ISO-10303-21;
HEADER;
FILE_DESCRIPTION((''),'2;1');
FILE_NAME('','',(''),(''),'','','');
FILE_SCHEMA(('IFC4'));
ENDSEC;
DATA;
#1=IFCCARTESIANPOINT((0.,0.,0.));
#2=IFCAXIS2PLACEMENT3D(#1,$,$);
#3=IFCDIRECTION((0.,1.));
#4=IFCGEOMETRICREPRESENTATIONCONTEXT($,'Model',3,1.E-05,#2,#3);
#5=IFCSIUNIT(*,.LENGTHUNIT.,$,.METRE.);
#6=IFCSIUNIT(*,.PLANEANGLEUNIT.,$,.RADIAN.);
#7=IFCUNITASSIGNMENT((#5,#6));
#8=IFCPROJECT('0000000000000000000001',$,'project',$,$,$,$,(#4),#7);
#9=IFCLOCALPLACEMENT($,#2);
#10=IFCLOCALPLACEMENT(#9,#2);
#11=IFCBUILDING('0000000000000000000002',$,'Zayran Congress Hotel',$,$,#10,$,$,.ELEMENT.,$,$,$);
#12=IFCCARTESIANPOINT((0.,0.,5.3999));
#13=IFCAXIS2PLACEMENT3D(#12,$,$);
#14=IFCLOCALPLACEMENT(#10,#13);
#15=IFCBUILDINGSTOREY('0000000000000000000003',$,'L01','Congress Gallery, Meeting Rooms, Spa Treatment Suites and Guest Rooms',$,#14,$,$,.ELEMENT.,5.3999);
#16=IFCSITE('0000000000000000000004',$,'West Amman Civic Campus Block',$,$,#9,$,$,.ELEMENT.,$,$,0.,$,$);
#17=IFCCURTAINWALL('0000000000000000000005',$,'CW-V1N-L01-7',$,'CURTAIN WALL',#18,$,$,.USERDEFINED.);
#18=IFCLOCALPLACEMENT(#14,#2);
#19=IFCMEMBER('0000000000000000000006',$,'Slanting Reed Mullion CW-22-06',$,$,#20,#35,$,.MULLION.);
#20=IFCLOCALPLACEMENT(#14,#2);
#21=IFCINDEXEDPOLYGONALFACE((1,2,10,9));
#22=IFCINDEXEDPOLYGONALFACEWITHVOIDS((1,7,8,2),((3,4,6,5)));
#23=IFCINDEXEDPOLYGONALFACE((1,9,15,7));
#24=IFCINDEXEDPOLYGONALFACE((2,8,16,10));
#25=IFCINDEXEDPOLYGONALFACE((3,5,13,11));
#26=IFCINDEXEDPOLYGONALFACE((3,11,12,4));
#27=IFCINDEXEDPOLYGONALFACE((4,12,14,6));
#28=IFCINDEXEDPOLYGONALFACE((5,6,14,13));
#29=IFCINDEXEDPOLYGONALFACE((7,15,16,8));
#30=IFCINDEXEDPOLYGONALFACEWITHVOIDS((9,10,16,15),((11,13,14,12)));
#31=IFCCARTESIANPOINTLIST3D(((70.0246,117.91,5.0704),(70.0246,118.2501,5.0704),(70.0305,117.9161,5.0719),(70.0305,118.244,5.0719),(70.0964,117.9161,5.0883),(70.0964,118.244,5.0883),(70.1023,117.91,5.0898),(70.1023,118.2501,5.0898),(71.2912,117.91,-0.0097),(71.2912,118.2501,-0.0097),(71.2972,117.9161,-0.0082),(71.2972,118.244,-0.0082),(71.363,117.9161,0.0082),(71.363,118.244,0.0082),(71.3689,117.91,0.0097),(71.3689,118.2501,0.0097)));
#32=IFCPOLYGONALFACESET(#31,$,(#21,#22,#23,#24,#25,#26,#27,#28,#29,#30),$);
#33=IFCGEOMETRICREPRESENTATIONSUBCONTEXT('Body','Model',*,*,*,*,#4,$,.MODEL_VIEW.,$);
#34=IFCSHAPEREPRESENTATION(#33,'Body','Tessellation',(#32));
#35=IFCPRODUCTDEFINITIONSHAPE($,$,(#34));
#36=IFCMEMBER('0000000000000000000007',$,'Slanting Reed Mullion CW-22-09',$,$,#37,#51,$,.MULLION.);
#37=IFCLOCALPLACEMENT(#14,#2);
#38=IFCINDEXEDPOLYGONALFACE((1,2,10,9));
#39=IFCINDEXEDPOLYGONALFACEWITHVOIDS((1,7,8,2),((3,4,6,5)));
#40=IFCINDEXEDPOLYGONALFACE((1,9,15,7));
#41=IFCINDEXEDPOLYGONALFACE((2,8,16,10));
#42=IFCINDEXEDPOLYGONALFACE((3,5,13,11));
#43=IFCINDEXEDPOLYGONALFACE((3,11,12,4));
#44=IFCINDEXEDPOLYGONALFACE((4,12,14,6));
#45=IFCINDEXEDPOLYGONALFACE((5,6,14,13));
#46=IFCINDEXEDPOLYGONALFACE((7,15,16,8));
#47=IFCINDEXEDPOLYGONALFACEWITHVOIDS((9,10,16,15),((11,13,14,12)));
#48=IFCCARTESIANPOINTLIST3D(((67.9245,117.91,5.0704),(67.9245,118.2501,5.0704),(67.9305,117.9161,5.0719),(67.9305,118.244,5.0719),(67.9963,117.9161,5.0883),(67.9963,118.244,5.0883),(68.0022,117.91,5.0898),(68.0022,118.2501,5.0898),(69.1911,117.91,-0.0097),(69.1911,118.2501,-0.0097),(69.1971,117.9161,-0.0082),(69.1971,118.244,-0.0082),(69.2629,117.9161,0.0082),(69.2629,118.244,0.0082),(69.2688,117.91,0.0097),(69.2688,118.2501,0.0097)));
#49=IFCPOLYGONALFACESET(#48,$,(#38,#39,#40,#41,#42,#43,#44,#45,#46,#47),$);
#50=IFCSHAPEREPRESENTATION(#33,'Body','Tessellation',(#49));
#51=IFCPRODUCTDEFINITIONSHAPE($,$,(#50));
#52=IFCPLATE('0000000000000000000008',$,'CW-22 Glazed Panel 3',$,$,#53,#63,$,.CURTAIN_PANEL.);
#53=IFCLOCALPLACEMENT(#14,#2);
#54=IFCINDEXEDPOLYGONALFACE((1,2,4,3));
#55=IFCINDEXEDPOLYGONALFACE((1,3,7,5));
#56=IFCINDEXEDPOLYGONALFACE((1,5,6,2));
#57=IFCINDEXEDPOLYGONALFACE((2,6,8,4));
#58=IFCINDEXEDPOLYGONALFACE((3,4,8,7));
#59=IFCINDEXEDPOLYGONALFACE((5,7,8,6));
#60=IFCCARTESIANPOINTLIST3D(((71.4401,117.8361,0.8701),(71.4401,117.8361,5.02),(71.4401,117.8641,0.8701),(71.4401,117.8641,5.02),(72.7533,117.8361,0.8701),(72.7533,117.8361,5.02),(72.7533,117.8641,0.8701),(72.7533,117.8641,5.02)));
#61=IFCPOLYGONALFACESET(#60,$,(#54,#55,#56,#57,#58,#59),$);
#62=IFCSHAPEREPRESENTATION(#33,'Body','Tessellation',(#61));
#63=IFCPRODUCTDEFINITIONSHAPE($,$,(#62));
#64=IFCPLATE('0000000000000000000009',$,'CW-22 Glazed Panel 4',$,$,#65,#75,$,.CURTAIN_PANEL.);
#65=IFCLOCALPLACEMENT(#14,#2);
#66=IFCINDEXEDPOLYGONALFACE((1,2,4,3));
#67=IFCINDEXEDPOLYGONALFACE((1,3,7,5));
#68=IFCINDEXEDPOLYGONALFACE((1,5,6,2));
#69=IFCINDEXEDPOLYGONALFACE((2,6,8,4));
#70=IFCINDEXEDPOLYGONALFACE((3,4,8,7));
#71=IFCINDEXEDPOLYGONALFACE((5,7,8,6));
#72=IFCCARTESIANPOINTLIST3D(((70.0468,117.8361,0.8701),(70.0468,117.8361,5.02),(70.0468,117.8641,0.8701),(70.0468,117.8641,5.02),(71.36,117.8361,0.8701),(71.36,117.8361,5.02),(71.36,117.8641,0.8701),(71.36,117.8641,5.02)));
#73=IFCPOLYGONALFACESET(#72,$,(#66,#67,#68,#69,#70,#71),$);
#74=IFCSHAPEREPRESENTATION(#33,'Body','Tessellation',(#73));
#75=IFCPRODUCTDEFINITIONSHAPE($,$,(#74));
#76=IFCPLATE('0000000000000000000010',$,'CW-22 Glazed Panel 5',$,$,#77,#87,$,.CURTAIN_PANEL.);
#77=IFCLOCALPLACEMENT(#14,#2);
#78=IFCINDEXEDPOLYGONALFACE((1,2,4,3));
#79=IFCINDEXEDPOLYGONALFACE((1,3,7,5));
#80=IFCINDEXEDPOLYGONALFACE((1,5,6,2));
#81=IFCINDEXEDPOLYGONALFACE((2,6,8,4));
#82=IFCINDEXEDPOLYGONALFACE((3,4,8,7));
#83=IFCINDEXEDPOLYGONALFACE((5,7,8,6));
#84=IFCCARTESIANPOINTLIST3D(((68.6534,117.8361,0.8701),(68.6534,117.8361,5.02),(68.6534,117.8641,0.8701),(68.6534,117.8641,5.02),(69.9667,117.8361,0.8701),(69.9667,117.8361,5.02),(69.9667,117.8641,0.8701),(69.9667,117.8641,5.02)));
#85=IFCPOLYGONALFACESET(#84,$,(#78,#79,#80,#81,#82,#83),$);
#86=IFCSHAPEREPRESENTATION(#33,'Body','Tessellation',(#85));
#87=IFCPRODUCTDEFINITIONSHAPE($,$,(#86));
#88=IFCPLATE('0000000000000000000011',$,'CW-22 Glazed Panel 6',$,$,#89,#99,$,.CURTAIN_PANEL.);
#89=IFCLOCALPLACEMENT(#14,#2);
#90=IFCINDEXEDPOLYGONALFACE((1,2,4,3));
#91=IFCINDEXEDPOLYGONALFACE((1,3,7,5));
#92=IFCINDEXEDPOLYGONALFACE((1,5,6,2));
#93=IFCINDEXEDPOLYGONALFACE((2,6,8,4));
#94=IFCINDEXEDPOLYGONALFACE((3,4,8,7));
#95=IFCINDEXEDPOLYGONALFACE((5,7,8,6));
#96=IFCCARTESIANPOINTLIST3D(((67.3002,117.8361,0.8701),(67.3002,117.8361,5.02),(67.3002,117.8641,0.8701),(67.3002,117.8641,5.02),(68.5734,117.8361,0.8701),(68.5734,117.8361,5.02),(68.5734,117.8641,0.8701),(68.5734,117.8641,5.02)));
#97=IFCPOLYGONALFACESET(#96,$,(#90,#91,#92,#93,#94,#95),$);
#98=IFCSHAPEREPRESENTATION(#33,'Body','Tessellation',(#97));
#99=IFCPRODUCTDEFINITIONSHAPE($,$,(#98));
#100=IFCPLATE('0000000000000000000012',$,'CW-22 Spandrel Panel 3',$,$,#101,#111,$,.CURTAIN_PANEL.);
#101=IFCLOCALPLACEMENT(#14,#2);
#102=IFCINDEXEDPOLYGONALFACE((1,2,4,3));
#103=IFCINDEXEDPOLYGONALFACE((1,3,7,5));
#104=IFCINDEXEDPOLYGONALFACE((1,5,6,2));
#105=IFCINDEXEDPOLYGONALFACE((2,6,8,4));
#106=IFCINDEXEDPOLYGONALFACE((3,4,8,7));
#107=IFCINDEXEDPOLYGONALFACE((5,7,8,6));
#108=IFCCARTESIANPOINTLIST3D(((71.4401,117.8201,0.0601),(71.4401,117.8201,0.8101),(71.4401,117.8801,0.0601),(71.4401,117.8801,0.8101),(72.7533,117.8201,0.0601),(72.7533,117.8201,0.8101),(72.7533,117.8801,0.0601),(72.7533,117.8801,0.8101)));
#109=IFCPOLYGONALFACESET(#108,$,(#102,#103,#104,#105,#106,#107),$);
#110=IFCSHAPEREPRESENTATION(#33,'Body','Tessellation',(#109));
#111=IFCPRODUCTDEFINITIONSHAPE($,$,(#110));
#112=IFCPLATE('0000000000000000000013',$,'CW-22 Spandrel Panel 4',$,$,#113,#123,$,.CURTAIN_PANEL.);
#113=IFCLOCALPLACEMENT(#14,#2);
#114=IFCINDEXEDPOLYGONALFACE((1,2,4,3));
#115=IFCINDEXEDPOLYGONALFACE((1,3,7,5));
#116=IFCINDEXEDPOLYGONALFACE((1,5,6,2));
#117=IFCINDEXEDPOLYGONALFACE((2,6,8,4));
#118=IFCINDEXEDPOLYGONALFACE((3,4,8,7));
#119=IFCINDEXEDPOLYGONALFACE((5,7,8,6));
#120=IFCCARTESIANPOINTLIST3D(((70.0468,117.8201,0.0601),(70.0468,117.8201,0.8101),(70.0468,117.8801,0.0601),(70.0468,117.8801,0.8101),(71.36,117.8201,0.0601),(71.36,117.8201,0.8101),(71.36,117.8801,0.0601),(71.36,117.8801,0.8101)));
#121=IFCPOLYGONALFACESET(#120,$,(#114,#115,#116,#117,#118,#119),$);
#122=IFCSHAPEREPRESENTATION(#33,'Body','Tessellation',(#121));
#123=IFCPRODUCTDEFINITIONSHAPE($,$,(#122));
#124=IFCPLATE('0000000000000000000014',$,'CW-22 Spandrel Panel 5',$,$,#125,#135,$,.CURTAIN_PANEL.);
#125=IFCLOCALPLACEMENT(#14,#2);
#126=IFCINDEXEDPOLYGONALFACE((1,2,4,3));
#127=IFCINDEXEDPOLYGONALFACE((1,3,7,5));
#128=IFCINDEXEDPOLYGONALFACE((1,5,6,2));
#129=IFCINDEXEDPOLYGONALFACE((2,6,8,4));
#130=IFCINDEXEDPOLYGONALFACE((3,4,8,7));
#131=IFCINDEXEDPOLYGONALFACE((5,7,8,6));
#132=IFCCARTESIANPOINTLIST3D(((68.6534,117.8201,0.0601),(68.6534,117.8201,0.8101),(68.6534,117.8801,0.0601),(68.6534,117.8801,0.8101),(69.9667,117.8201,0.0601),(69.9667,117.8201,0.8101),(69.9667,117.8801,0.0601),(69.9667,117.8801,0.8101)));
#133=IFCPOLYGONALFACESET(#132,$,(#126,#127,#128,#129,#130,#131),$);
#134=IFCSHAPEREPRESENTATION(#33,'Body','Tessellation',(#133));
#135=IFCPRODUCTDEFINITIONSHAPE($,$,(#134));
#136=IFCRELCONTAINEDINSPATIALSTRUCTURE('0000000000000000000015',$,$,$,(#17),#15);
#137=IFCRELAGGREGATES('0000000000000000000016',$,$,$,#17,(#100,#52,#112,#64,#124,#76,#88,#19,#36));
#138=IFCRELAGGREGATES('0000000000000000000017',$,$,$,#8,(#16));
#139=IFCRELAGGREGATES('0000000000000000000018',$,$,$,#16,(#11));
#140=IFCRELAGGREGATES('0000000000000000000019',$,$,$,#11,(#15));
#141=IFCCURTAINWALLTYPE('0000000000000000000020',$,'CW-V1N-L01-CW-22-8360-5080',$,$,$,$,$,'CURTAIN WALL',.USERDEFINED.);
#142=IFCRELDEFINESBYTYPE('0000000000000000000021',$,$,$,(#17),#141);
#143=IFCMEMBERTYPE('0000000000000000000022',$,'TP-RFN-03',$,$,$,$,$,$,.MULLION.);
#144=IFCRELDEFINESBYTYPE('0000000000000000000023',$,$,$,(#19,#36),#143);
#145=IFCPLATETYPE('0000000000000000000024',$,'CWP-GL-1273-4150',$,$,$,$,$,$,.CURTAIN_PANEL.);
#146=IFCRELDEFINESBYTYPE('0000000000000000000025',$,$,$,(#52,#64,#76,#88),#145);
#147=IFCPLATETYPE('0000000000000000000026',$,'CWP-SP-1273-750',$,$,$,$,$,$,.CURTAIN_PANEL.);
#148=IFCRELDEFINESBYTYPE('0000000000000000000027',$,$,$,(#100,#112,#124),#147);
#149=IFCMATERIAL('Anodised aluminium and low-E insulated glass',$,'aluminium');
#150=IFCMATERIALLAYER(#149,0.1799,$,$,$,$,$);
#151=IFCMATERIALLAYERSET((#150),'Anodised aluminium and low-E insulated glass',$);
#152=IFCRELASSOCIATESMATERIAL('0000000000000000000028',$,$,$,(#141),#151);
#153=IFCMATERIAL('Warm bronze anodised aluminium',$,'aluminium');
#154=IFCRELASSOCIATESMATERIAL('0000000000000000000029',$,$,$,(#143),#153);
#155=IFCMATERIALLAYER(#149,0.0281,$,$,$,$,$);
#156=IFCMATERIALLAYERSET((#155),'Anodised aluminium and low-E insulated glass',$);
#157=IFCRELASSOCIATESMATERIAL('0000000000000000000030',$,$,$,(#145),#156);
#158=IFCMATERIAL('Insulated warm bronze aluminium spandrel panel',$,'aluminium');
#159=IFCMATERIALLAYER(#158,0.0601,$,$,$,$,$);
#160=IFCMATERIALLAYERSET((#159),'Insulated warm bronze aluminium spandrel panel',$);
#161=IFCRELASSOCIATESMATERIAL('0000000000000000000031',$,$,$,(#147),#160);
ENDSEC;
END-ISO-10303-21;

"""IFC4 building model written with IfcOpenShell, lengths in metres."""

from ifc_helpers import new_model, si_unit, direction, frame, origin, origin_2d, place, context, subcontext, project, spatial, rectangle, hollow_rectangle, extrude, material, layer, layer_set, material_profile, profile_set, type_object, element, aggregate, save


model = new_model("IFC4")

# Units and contexts
model_context = context("Model", 3, precision=1e-05, world=origin(), true_north=direction((0.0, 1.0)))
body_context = subcontext(model_context, "Body", "Model", "MODEL_VIEW")
ifc_project = project(units=[si_unit("LENGTHUNIT", "METRE"), si_unit("PLANEANGLEUNIT", "RADIAN")], contexts=[model_context])

# Site, building, storey
site_placement = place(None, origin())
site = spatial("IfcSite", under=ifc_project, at=site_placement, Name="West Amman Civic Campus Block", CompositionType="ELEMENT", RefElevation=0.0)
building_placement = place(site_placement, origin())
building = spatial("IfcBuilding", under=site, at=building_placement, Name="Zayran Congress Hotel", CompositionType="ELEMENT")
storey_placement = place(building_placement, frame((0.0, 0.0, 5.3999)))
storey = spatial("IfcBuildingStorey", under=building, at=storey_placement, Name="L01", Description="Congress Gallery, Meeting Rooms, Spa Treatment Suites and Guest Rooms", CompositionType="ELEMENT", Elevation=5.3999)

# Curtain wall, members, plates
ifc_material_1 = material(Name="Anodised aluminium and low-E insulated glass", Category="aluminium")
ifc_layer_1 = layer(ifc_material_1, 0.1799)
ifc_layer_set_1 = layer_set([ifc_layer_1], Name="Anodised aluminium and low-E insulated glass")
curtain_wall_type = type_object("IfcCurtainWallType", Name="CW-V1N-L01-CW-22-8360-5080", ElementType="CURTAIN WALL", PredefinedType="USERDEFINED", material=ifc_layer_set_1)
curtain_wall_placement = place(storey_placement, origin())
curtain_wall = element("IfcCurtainWall", 1, at=curtain_wall_placement, inside=storey, type_object=curtain_wall_type, Name="CW-V1N-L01-7", ObjectType="CURTAIN WALL", PredefinedType="USERDEFINED")
ifc_material_2 = material(Name="Warm bronze anodised aluminium", Category="aluminium")
ifc_material_profile_1 = material_profile(ifc_material_2, hollow_rectangle(XDim=0.0801, YDim=0.3401, WallThickness=0.0061, at=origin_2d()), Name="RHS 340x80x6")
ifc_profile_set_1 = profile_set([ifc_material_profile_1], Name="Warm bronze anodised aluminium")
member_type_1 = type_object("IfcMemberType", Name="TP-RFN-03", PredefinedType="MULLION", material=ifc_profile_set_1)
member_1_placement = place(storey_placement, frame((71.3301, 118.0801, 0.0), z_axis=(-0.241921, 0.0, 0.970296), x_axis=(0.970296, 0.0, 0.241921)))
member_1 = element("IfcMember", 2, at=member_1_placement, type_object=member_type_1, Name="Slanting Reed Mullion CW-22-06", PredefinedType="MULLION", context=body_context, shape_type="SweptSolid", body=[
    extrude(hollow_rectangle(XDim=0.0801, YDim=0.3401, WallThickness=0.0061, at=origin_2d()), origin(), (0.0, 0.0, 1.0), 5.2356),
])
member_2_placement = place(storey_placement, frame((69.23, 118.0801, 0.0), z_axis=(-0.241921, 0.0, 0.970296), x_axis=(0.970296, 0.0, 0.241921)))
member_2 = element("IfcMember", 3, at=member_2_placement, type_object=member_type_1, Name="Slanting Reed Mullion CW-22-09", PredefinedType="MULLION", context=body_context, shape_type="SweptSolid", body=[
    extrude(hollow_rectangle(XDim=0.0801, YDim=0.3401, WallThickness=0.0061, at=origin_2d()), origin(), (0.0, 0.0, 1.0), 5.2356),
])
ifc_layer_2 = layer(ifc_material_1, 0.0281)
ifc_layer_set_2 = layer_set([ifc_layer_2], Name="Anodised aluminium and low-E insulated glass")
plate_type_1 = type_object("IfcPlateType", Name="CWP-GL-1273-4150", PredefinedType="CURTAIN_PANEL", material=ifc_layer_set_2)
plate_1_placement = place(storey_placement, frame((72.0967, 117.8501, 0.8701), z_axis=(0.0, 0.0, 1.0), x_axis=(1.0, 0.0, 0.0)))
plate_1 = element("IfcPlate", 4, at=plate_1_placement, type_object=plate_type_1, Name="CW-22 Glazed Panel 3", PredefinedType="CURTAIN_PANEL", context=body_context, shape_type="SweptSolid", body=[
    extrude(rectangle(XDim=1.3132, YDim=0.0281, at=origin_2d()), origin(), (0.0, 0.0, 1.0), 4.1499),
])
plate_2_placement = place(storey_placement, frame((70.7034, 117.8501, 0.8701), z_axis=(0.0, 0.0, 1.0), x_axis=(1.0, 0.0, 0.0)))
plate_2 = element("IfcPlate", 5, at=plate_2_placement, type_object=plate_type_1, Name="CW-22 Glazed Panel 4", PredefinedType="CURTAIN_PANEL", context=body_context, shape_type="SweptSolid", body=[
    extrude(rectangle(XDim=1.3132, YDim=0.0281, at=origin_2d()), origin(), (0.0, 0.0, 1.0), 4.1499),
])
plate_3_placement = place(storey_placement, frame((69.3101, 117.8501, 0.8701), z_axis=(0.0, 0.0, 1.0), x_axis=(1.0, 0.0, 0.0)))
plate_3 = element("IfcPlate", 6, at=plate_3_placement, type_object=plate_type_1, Name="CW-22 Glazed Panel 5", PredefinedType="CURTAIN_PANEL", context=body_context, shape_type="SweptSolid", body=[
    extrude(rectangle(XDim=1.3132, YDim=0.0281, at=origin_2d()), origin(), (0.0, 0.0, 1.0), 4.1499),
])
plate_4_placement = place(storey_placement, frame((67.9368, 117.8501, 0.8701), z_axis=(0.0, 0.0, 1.0), x_axis=(1.0, 0.0, 0.0)))
plate_4 = element("IfcPlate", 7, at=plate_4_placement, type_object=plate_type_1, Name="CW-22 Glazed Panel 6", PredefinedType="CURTAIN_PANEL", context=body_context, shape_type="SweptSolid", body=[
    extrude(rectangle(XDim=1.2732, YDim=0.0281, at=origin_2d()), origin(), (0.0, 0.0, 1.0), 4.1499),
])
ifc_material_3 = material(Name="Insulated warm bronze aluminium spandrel panel", Category="aluminium")
ifc_layer_3 = layer(ifc_material_3, 0.0601)
ifc_layer_set_3 = layer_set([ifc_layer_3], Name="Insulated warm bronze aluminium spandrel panel")
plate_type_2 = type_object("IfcPlateType", Name="CWP-SP-1273-750", PredefinedType="CURTAIN_PANEL", material=ifc_layer_set_3)
plate_5_placement = place(storey_placement, frame((72.0967, 117.8501, 0.0601), z_axis=(0.0, 0.0, 1.0), x_axis=(1.0, 0.0, 0.0)))
plate_5 = element("IfcPlate", 8, at=plate_5_placement, type_object=plate_type_2, Name="CW-22 Spandrel Panel 3", PredefinedType="CURTAIN_PANEL", context=body_context, shape_type="SweptSolid", body=[
    extrude(rectangle(XDim=1.3132, YDim=0.0601, at=origin_2d()), origin(), (0.0, 0.0, 1.0), 0.75),
])
plate_6_placement = place(storey_placement, frame((70.7034, 117.8501, 0.0601), z_axis=(0.0, 0.0, 1.0), x_axis=(1.0, 0.0, 0.0)))
plate_6 = element("IfcPlate", 9, at=plate_6_placement, type_object=plate_type_2, Name="CW-22 Spandrel Panel 4", PredefinedType="CURTAIN_PANEL", context=body_context, shape_type="SweptSolid", body=[
    extrude(rectangle(XDim=1.3132, YDim=0.0601, at=origin_2d()), origin(), (0.0, 0.0, 1.0), 0.75),
])
plate_7_placement = place(storey_placement, frame((69.3101, 117.8501, 0.0601), z_axis=(0.0, 0.0, 1.0), x_axis=(1.0, 0.0, 0.0)))
plate_7 = element("IfcPlate", 10, at=plate_7_placement, type_object=plate_type_2, Name="CW-22 Spandrel Panel 5", PredefinedType="CURTAIN_PANEL", context=body_context, shape_type="SweptSolid", body=[
    extrude(rectangle(XDim=1.3132, YDim=0.0601, at=origin_2d()), origin(), (0.0, 0.0, 1.0), 0.75),
])
aggregate(curtain_wall, [plate_5, plate_1, plate_6, plate_2, plate_7, plate_3, plate_4, member_1, member_2])

save(model, "model.ifc")
